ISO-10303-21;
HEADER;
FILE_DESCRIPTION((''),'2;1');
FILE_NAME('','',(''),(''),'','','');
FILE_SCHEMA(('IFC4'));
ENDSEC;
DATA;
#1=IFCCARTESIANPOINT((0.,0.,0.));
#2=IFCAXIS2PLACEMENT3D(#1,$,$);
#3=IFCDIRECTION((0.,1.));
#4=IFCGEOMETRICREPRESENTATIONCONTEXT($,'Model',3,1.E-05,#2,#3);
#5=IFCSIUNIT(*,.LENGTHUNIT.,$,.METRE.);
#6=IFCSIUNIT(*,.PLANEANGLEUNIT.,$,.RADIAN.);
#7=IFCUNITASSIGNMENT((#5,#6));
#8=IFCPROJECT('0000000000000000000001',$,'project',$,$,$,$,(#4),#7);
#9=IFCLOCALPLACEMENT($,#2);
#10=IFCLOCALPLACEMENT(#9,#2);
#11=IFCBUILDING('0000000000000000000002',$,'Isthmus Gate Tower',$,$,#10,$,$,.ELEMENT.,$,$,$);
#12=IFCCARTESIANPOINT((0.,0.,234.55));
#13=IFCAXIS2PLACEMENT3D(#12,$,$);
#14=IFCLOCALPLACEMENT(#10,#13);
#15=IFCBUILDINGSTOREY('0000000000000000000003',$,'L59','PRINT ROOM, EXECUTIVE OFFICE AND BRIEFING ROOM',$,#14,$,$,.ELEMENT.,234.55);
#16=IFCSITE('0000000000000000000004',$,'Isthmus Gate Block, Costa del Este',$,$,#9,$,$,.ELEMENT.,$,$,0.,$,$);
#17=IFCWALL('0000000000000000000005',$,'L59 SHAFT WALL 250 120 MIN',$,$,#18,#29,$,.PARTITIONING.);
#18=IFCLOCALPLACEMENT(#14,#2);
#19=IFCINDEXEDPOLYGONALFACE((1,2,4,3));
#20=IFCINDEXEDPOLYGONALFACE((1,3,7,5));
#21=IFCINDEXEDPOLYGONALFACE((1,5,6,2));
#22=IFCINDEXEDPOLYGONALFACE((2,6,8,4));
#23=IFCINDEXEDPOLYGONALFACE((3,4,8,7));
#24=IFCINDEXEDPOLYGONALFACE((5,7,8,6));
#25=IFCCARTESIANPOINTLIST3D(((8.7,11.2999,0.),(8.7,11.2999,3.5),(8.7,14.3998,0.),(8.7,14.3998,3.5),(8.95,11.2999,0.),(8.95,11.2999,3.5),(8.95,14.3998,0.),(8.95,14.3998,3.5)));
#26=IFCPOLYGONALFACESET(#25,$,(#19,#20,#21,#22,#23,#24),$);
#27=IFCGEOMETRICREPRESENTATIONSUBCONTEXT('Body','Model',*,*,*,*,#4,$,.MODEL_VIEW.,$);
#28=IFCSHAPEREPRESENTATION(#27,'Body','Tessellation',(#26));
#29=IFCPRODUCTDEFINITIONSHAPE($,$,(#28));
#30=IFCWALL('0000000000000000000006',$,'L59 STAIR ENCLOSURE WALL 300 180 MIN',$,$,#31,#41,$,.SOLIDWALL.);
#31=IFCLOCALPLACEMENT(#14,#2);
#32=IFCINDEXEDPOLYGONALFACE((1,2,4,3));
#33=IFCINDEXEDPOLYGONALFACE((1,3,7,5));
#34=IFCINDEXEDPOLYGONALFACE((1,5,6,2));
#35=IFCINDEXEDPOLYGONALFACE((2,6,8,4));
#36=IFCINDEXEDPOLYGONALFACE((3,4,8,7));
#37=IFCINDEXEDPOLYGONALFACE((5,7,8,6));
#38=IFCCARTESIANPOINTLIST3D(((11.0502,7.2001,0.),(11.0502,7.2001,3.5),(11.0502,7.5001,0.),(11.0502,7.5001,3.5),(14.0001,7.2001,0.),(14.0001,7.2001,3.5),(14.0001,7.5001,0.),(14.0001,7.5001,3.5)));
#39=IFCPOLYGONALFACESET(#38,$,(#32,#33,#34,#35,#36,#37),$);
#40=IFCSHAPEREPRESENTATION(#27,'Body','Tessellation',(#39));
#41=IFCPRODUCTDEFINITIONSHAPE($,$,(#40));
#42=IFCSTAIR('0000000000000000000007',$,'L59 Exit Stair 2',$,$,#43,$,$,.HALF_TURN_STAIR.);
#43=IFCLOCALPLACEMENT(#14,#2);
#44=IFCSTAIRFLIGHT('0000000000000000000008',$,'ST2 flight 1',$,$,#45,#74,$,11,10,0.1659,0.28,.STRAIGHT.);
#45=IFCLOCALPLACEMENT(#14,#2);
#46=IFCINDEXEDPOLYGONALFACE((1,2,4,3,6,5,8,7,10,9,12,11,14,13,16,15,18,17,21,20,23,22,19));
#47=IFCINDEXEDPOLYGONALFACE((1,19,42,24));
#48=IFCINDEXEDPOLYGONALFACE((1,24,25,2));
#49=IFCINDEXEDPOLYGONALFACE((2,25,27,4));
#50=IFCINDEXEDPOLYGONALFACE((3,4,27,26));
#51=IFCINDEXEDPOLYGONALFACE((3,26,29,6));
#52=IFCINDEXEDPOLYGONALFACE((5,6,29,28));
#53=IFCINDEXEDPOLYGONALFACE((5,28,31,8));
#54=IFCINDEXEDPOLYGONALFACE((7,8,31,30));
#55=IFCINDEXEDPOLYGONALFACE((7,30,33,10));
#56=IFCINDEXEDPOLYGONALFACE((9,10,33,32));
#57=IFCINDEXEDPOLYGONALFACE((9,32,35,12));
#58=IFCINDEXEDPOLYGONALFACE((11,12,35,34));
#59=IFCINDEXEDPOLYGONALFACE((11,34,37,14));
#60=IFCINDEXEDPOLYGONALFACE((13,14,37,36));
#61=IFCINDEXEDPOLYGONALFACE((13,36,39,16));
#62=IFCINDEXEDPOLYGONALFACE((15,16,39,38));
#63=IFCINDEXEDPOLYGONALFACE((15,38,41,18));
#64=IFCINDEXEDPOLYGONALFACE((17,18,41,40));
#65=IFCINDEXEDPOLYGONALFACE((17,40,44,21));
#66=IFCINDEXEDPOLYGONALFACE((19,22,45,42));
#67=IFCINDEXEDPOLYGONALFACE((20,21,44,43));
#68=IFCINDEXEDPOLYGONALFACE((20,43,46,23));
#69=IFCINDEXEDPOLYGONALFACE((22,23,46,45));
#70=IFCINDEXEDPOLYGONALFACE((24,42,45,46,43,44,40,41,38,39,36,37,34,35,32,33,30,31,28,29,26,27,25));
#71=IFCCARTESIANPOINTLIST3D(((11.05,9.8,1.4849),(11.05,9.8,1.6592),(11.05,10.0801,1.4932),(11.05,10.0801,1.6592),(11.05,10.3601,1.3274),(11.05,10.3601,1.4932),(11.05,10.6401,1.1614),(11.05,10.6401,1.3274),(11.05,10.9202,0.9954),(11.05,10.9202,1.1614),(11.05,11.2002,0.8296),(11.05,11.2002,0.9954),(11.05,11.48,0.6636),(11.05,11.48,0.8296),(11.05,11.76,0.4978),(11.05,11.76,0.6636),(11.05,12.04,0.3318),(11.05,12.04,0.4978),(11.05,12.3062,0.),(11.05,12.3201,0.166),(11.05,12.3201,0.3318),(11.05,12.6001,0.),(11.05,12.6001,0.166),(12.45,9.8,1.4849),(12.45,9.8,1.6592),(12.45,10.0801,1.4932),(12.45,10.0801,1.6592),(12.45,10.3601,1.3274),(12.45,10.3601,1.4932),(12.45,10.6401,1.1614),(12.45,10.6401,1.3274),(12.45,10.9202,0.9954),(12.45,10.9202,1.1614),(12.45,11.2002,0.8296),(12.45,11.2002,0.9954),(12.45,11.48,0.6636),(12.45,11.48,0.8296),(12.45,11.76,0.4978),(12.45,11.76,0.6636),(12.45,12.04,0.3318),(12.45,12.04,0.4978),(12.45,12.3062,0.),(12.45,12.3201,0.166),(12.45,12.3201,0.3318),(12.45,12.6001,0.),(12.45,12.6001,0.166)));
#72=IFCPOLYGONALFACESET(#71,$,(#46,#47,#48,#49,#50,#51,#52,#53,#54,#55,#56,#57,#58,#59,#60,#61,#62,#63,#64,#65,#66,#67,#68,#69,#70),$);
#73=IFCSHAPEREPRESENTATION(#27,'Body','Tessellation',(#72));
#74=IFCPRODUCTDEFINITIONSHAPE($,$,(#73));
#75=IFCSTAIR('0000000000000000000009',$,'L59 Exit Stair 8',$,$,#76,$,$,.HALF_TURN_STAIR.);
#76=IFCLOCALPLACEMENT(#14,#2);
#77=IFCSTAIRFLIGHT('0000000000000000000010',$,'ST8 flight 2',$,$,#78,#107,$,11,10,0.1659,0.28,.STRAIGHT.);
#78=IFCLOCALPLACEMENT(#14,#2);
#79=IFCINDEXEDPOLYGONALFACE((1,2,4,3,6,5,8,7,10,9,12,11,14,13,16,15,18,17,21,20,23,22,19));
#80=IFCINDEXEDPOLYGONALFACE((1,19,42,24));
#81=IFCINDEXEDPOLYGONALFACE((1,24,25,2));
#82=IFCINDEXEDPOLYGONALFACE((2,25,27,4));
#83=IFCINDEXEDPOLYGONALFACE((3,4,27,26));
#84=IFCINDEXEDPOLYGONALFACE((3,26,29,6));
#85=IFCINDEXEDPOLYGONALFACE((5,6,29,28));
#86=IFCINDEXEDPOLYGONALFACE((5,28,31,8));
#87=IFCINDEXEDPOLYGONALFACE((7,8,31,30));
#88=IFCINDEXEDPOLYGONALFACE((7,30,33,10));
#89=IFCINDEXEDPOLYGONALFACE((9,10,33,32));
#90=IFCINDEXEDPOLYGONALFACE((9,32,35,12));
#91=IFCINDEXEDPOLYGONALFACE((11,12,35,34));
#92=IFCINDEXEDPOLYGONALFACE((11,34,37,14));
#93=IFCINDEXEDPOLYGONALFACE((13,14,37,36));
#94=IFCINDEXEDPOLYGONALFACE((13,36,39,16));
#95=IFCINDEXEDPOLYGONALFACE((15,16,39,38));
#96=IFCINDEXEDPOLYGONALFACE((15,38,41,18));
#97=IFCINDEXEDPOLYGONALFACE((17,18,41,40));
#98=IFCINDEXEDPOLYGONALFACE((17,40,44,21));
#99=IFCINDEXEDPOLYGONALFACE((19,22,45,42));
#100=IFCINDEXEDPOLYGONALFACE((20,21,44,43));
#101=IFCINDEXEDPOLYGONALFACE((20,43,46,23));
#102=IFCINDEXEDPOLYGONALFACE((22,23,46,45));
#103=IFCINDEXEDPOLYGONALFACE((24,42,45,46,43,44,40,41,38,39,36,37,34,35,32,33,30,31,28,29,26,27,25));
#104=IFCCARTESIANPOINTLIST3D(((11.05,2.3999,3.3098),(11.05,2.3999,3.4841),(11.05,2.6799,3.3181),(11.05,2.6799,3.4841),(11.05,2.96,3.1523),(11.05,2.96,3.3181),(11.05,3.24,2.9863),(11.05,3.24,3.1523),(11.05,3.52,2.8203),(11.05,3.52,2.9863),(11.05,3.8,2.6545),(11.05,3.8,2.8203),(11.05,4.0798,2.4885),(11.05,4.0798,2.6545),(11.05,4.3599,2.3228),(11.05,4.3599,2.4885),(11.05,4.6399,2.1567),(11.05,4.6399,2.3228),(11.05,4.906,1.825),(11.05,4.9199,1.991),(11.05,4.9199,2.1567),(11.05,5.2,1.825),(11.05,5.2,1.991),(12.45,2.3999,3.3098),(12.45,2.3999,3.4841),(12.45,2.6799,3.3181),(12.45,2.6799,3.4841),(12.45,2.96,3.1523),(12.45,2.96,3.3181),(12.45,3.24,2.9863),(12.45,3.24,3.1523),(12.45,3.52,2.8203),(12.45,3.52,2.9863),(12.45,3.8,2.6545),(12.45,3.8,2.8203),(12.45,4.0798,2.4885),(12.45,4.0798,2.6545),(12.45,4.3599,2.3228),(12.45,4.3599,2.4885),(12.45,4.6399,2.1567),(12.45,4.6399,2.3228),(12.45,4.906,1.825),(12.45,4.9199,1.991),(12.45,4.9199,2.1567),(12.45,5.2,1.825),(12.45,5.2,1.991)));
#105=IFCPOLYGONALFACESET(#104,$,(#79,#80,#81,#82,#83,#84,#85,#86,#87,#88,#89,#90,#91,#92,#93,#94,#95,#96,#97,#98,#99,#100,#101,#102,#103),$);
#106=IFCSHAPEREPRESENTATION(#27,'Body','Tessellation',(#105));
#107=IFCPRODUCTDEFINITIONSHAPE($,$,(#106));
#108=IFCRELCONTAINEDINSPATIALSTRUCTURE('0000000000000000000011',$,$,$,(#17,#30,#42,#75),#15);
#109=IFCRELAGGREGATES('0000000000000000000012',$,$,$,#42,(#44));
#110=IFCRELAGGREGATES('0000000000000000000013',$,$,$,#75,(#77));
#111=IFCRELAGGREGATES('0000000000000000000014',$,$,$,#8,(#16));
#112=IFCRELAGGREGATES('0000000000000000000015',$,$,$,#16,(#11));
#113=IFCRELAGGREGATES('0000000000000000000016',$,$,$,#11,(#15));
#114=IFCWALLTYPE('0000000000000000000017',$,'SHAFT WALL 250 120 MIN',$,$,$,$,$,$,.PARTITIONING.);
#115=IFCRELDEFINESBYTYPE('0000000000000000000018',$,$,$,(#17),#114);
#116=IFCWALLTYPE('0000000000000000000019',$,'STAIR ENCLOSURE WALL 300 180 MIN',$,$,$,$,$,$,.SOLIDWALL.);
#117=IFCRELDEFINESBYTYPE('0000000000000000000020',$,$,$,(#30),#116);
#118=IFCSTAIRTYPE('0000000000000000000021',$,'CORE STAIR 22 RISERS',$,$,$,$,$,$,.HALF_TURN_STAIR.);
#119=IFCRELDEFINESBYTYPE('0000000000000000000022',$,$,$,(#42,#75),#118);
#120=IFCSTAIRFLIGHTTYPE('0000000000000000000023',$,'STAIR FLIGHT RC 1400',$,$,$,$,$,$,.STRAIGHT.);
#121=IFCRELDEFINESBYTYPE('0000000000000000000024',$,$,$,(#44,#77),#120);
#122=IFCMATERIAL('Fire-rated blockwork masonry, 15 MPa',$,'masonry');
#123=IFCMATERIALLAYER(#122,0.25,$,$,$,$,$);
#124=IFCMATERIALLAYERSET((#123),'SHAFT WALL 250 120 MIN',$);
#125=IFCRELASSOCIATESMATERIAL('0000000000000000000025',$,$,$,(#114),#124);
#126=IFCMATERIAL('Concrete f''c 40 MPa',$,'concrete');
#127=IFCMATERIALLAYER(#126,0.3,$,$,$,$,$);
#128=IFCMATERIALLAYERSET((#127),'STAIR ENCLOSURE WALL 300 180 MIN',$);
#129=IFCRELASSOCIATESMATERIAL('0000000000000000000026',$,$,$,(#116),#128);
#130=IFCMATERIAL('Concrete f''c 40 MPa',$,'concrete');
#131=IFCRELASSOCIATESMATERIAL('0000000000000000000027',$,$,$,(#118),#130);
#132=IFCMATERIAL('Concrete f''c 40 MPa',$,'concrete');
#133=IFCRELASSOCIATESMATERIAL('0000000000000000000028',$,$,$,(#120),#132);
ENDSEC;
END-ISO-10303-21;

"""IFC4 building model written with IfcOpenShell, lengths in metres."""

from ifc_helpers import new_model, si_unit, direction, frame, frame_2d, origin, place, context, subcontext, project, spatial, polyline, rectangle, outline, extrude, material, layer, layer_set, type_object, element, aggregate, save


model = new_model("IFC4")

# Units and contexts
model_context = context("Model", 3, precision=1e-05, world=origin(), true_north=direction((0.0, 1.0)))
body_context = subcontext(model_context, "Body", "Model", "MODEL_VIEW")
ifc_project = project(units=[si_unit("LENGTHUNIT", "METRE"), si_unit("PLANEANGLEUNIT", "RADIAN")], contexts=[model_context])

# Site, building, storey
site_placement = place(None, origin())
site = spatial("IfcSite", under=ifc_project, at=site_placement, Name="Isthmus Gate Block, Costa del Este", CompositionType="ELEMENT", RefElevation=0.0)
building_placement = place(site_placement, origin())
building = spatial("IfcBuilding", under=site, at=building_placement, Name="Isthmus Gate Tower", CompositionType="ELEMENT")
storey_placement = place(building_placement, frame((0.0, 0.0, 234.55)))
storey = spatial("IfcBuildingStorey", under=building, at=storey_placement, Name="L59", Description="PRINT ROOM, EXECUTIVE OFFICE AND BRIEFING ROOM", CompositionType="ELEMENT", Elevation=234.55)

# Walls
ifc_material_1 = material(Name="Fire-rated blockwork masonry, 15 MPa", Category="masonry")
ifc_layer_1 = layer(ifc_material_1, 0.25)
ifc_layer_set_1 = layer_set([ifc_layer_1], Name="SHAFT WALL 250 120 MIN")
wall_type_1 = type_object("IfcWallType", Name="SHAFT WALL 250 120 MIN", PredefinedType="PARTITIONING", material=ifc_layer_set_1)
for number, where, z_axis, x_axis, name in (
    (1, (8.825, 11.3, 0.0), (0.0, 0.0, 1.0), (0.0, 1.0, 0.0), "L59 SHAFT WALL 250 120 MIN"),
):
    element("IfcWall", number, at=place(storey_placement, frame(where, z_axis=z_axis, x_axis=x_axis)), inside=storey, type_object=wall_type_1, Name=name, PredefinedType="PARTITIONING", context=body_context, shape_type="SweptSolid", body=[
        extrude(rectangle(XDim=3.0999, YDim=0.25, at=frame_2d((1.5498, 0.0))), origin(), (0.0, 0.0, 1.0), 3.5),
    ])
ifc_material_2 = material(Name="Concrete f'c 40 MPa", Category="concrete")
ifc_layer_2 = layer(ifc_material_2, 0.3)
ifc_layer_set_2 = layer_set([ifc_layer_2], Name="STAIR ENCLOSURE WALL 300 180 MIN")
wall_type_2 = type_object("IfcWallType", Name="STAIR ENCLOSURE WALL 300 180 MIN", PredefinedType="SOLIDWALL", material=ifc_layer_set_2)
wall_1_placement = place(storey_placement, frame((11.05, 7.3501, 0.0), z_axis=(0.0, 0.0, 1.0), x_axis=(1.0, 0.0, 0.0)))
element("IfcWall", 2, at=wall_1_placement, inside=storey, type_object=wall_type_2, Name="L59 STAIR ENCLOSURE WALL 300 180 MIN", PredefinedType="SOLIDWALL", context=body_context, shape_type="SweptSolid", body=[
    extrude(rectangle(XDim=2.95, YDim=0.3, at=frame_2d((1.4751, 0.0))), origin(), (0.0, 0.0, 1.0), 3.5),
])

# Stairs, stair flights
ifc_material_3 = material(Name="Concrete f'c 40 MPa", Category="concrete")
stair_type = type_object("IfcStairType", Name="CORE STAIR 22 RISERS", PredefinedType="HALF_TURN_STAIR", material=ifc_material_3)
stair_1_placement = place(storey_placement, origin())
stair_1 = element("IfcStair", 3, at=stair_1_placement, inside=storey, type_object=stair_type, Name="L59 Exit Stair 2", PredefinedType="HALF_TURN_STAIR")
ifc_material_4 = material(Name="Concrete f'c 40 MPa", Category="concrete")
stair_flight_type = type_object("IfcStairFlightType", Name="STAIR FLIGHT RC 1400", PredefinedType="STRAIGHT", material=ifc_material_4)
stair_flight_1_placement = place(storey_placement, frame((11.75, 12.6001, 0.0), z_axis=(0.0, 0.0, 1.0), x_axis=(0.0, -1.0, 0.0)))
stair_flight_1 = element("IfcStairFlight", 4, at=stair_flight_1_placement, type_object=stair_flight_type, Name="ST2 flight 1", NumberOfRisers=11, NumberOfTreads=10, PredefinedType="STRAIGHT", RiserHeight=0.1659, TreadLength=0.28, context=body_context, shape_type="SweptSolid", body=[
    extrude(outline(polyline([(0.0, 0.0), (0.0, 0.166), (0.28, 0.166), (0.28, 0.3318), (0.5601, 0.3318), (0.5601, 0.4978), (0.8401, 0.4978), (0.8401, 0.6636), (1.1201, 0.6636), (1.1201, 0.8296), (1.3999, 0.8296), (1.3999, 0.9954), (1.6799, 0.9954), (1.6799, 1.1614), (1.96, 1.1614), (1.96, 1.3274), (2.24, 1.3274), (2.24, 1.4932), (2.52, 1.4932), (2.52, 1.6592), (2.8, 1.6592), (2.8, 1.825), (2.8, 1.4849), (0.2939, 0.0), (0.0, 0.0)])), frame((0.0, 0.7, 0.0), z_axis=(0.0, -1.0, 0.0), x_axis=(1.0, 0.0, 0.0)), (0.0, 0.0, 1.0), 1.3999),
])
aggregate(stair_1, [stair_flight_1])
stair_2_placement = place(storey_placement, origin())
stair_2 = element("IfcStair", 5, at=stair_2_placement, inside=storey, type_object=stair_type, Name="L59 Exit Stair 8", PredefinedType="HALF_TURN_STAIR")
stair_flight_2_placement = place(storey_placement, frame((11.75, 5.2, 1.825), z_axis=(0.0, 0.0, 1.0), x_axis=(0.0, -1.0, 0.0)))
stair_flight_2 = element("IfcStairFlight", 6, at=stair_flight_2_placement, type_object=stair_flight_type, Name="ST8 flight 2", NumberOfRisers=11, NumberOfTreads=10, PredefinedType="STRAIGHT", RiserHeight=0.1659, TreadLength=0.28, context=body_context, shape_type="SweptSolid", body=[
    extrude(outline(polyline([(0.0, 0.0), (0.0, 0.166), (0.28, 0.166), (0.28, 0.3318), (0.5601, 0.3318), (0.5601, 0.4978), (0.8401, 0.4978), (0.8401, 0.6636), (1.1201, 0.6636), (1.1201, 0.8296), (1.3999, 0.8296), (1.3999, 0.9954), (1.6799, 0.9954), (1.6799, 1.1614), (1.96, 1.1614), (1.96, 1.3274), (2.24, 1.3274), (2.24, 1.4932), (2.52, 1.4932), (2.52, 1.6592), (2.8, 1.6592), (2.8, 1.825), (2.8, 1.4849), (0.2939, 0.0), (0.0, 0.0)])), frame((0.0, 0.7, 0.0), z_axis=(0.0, -1.0, 0.0), x_axis=(1.0, 0.0, 0.0)), (0.0, 0.0, 1.0), 1.3999),
])
aggregate(stair_2, [stair_flight_2])

save(model, "model.ifc")
